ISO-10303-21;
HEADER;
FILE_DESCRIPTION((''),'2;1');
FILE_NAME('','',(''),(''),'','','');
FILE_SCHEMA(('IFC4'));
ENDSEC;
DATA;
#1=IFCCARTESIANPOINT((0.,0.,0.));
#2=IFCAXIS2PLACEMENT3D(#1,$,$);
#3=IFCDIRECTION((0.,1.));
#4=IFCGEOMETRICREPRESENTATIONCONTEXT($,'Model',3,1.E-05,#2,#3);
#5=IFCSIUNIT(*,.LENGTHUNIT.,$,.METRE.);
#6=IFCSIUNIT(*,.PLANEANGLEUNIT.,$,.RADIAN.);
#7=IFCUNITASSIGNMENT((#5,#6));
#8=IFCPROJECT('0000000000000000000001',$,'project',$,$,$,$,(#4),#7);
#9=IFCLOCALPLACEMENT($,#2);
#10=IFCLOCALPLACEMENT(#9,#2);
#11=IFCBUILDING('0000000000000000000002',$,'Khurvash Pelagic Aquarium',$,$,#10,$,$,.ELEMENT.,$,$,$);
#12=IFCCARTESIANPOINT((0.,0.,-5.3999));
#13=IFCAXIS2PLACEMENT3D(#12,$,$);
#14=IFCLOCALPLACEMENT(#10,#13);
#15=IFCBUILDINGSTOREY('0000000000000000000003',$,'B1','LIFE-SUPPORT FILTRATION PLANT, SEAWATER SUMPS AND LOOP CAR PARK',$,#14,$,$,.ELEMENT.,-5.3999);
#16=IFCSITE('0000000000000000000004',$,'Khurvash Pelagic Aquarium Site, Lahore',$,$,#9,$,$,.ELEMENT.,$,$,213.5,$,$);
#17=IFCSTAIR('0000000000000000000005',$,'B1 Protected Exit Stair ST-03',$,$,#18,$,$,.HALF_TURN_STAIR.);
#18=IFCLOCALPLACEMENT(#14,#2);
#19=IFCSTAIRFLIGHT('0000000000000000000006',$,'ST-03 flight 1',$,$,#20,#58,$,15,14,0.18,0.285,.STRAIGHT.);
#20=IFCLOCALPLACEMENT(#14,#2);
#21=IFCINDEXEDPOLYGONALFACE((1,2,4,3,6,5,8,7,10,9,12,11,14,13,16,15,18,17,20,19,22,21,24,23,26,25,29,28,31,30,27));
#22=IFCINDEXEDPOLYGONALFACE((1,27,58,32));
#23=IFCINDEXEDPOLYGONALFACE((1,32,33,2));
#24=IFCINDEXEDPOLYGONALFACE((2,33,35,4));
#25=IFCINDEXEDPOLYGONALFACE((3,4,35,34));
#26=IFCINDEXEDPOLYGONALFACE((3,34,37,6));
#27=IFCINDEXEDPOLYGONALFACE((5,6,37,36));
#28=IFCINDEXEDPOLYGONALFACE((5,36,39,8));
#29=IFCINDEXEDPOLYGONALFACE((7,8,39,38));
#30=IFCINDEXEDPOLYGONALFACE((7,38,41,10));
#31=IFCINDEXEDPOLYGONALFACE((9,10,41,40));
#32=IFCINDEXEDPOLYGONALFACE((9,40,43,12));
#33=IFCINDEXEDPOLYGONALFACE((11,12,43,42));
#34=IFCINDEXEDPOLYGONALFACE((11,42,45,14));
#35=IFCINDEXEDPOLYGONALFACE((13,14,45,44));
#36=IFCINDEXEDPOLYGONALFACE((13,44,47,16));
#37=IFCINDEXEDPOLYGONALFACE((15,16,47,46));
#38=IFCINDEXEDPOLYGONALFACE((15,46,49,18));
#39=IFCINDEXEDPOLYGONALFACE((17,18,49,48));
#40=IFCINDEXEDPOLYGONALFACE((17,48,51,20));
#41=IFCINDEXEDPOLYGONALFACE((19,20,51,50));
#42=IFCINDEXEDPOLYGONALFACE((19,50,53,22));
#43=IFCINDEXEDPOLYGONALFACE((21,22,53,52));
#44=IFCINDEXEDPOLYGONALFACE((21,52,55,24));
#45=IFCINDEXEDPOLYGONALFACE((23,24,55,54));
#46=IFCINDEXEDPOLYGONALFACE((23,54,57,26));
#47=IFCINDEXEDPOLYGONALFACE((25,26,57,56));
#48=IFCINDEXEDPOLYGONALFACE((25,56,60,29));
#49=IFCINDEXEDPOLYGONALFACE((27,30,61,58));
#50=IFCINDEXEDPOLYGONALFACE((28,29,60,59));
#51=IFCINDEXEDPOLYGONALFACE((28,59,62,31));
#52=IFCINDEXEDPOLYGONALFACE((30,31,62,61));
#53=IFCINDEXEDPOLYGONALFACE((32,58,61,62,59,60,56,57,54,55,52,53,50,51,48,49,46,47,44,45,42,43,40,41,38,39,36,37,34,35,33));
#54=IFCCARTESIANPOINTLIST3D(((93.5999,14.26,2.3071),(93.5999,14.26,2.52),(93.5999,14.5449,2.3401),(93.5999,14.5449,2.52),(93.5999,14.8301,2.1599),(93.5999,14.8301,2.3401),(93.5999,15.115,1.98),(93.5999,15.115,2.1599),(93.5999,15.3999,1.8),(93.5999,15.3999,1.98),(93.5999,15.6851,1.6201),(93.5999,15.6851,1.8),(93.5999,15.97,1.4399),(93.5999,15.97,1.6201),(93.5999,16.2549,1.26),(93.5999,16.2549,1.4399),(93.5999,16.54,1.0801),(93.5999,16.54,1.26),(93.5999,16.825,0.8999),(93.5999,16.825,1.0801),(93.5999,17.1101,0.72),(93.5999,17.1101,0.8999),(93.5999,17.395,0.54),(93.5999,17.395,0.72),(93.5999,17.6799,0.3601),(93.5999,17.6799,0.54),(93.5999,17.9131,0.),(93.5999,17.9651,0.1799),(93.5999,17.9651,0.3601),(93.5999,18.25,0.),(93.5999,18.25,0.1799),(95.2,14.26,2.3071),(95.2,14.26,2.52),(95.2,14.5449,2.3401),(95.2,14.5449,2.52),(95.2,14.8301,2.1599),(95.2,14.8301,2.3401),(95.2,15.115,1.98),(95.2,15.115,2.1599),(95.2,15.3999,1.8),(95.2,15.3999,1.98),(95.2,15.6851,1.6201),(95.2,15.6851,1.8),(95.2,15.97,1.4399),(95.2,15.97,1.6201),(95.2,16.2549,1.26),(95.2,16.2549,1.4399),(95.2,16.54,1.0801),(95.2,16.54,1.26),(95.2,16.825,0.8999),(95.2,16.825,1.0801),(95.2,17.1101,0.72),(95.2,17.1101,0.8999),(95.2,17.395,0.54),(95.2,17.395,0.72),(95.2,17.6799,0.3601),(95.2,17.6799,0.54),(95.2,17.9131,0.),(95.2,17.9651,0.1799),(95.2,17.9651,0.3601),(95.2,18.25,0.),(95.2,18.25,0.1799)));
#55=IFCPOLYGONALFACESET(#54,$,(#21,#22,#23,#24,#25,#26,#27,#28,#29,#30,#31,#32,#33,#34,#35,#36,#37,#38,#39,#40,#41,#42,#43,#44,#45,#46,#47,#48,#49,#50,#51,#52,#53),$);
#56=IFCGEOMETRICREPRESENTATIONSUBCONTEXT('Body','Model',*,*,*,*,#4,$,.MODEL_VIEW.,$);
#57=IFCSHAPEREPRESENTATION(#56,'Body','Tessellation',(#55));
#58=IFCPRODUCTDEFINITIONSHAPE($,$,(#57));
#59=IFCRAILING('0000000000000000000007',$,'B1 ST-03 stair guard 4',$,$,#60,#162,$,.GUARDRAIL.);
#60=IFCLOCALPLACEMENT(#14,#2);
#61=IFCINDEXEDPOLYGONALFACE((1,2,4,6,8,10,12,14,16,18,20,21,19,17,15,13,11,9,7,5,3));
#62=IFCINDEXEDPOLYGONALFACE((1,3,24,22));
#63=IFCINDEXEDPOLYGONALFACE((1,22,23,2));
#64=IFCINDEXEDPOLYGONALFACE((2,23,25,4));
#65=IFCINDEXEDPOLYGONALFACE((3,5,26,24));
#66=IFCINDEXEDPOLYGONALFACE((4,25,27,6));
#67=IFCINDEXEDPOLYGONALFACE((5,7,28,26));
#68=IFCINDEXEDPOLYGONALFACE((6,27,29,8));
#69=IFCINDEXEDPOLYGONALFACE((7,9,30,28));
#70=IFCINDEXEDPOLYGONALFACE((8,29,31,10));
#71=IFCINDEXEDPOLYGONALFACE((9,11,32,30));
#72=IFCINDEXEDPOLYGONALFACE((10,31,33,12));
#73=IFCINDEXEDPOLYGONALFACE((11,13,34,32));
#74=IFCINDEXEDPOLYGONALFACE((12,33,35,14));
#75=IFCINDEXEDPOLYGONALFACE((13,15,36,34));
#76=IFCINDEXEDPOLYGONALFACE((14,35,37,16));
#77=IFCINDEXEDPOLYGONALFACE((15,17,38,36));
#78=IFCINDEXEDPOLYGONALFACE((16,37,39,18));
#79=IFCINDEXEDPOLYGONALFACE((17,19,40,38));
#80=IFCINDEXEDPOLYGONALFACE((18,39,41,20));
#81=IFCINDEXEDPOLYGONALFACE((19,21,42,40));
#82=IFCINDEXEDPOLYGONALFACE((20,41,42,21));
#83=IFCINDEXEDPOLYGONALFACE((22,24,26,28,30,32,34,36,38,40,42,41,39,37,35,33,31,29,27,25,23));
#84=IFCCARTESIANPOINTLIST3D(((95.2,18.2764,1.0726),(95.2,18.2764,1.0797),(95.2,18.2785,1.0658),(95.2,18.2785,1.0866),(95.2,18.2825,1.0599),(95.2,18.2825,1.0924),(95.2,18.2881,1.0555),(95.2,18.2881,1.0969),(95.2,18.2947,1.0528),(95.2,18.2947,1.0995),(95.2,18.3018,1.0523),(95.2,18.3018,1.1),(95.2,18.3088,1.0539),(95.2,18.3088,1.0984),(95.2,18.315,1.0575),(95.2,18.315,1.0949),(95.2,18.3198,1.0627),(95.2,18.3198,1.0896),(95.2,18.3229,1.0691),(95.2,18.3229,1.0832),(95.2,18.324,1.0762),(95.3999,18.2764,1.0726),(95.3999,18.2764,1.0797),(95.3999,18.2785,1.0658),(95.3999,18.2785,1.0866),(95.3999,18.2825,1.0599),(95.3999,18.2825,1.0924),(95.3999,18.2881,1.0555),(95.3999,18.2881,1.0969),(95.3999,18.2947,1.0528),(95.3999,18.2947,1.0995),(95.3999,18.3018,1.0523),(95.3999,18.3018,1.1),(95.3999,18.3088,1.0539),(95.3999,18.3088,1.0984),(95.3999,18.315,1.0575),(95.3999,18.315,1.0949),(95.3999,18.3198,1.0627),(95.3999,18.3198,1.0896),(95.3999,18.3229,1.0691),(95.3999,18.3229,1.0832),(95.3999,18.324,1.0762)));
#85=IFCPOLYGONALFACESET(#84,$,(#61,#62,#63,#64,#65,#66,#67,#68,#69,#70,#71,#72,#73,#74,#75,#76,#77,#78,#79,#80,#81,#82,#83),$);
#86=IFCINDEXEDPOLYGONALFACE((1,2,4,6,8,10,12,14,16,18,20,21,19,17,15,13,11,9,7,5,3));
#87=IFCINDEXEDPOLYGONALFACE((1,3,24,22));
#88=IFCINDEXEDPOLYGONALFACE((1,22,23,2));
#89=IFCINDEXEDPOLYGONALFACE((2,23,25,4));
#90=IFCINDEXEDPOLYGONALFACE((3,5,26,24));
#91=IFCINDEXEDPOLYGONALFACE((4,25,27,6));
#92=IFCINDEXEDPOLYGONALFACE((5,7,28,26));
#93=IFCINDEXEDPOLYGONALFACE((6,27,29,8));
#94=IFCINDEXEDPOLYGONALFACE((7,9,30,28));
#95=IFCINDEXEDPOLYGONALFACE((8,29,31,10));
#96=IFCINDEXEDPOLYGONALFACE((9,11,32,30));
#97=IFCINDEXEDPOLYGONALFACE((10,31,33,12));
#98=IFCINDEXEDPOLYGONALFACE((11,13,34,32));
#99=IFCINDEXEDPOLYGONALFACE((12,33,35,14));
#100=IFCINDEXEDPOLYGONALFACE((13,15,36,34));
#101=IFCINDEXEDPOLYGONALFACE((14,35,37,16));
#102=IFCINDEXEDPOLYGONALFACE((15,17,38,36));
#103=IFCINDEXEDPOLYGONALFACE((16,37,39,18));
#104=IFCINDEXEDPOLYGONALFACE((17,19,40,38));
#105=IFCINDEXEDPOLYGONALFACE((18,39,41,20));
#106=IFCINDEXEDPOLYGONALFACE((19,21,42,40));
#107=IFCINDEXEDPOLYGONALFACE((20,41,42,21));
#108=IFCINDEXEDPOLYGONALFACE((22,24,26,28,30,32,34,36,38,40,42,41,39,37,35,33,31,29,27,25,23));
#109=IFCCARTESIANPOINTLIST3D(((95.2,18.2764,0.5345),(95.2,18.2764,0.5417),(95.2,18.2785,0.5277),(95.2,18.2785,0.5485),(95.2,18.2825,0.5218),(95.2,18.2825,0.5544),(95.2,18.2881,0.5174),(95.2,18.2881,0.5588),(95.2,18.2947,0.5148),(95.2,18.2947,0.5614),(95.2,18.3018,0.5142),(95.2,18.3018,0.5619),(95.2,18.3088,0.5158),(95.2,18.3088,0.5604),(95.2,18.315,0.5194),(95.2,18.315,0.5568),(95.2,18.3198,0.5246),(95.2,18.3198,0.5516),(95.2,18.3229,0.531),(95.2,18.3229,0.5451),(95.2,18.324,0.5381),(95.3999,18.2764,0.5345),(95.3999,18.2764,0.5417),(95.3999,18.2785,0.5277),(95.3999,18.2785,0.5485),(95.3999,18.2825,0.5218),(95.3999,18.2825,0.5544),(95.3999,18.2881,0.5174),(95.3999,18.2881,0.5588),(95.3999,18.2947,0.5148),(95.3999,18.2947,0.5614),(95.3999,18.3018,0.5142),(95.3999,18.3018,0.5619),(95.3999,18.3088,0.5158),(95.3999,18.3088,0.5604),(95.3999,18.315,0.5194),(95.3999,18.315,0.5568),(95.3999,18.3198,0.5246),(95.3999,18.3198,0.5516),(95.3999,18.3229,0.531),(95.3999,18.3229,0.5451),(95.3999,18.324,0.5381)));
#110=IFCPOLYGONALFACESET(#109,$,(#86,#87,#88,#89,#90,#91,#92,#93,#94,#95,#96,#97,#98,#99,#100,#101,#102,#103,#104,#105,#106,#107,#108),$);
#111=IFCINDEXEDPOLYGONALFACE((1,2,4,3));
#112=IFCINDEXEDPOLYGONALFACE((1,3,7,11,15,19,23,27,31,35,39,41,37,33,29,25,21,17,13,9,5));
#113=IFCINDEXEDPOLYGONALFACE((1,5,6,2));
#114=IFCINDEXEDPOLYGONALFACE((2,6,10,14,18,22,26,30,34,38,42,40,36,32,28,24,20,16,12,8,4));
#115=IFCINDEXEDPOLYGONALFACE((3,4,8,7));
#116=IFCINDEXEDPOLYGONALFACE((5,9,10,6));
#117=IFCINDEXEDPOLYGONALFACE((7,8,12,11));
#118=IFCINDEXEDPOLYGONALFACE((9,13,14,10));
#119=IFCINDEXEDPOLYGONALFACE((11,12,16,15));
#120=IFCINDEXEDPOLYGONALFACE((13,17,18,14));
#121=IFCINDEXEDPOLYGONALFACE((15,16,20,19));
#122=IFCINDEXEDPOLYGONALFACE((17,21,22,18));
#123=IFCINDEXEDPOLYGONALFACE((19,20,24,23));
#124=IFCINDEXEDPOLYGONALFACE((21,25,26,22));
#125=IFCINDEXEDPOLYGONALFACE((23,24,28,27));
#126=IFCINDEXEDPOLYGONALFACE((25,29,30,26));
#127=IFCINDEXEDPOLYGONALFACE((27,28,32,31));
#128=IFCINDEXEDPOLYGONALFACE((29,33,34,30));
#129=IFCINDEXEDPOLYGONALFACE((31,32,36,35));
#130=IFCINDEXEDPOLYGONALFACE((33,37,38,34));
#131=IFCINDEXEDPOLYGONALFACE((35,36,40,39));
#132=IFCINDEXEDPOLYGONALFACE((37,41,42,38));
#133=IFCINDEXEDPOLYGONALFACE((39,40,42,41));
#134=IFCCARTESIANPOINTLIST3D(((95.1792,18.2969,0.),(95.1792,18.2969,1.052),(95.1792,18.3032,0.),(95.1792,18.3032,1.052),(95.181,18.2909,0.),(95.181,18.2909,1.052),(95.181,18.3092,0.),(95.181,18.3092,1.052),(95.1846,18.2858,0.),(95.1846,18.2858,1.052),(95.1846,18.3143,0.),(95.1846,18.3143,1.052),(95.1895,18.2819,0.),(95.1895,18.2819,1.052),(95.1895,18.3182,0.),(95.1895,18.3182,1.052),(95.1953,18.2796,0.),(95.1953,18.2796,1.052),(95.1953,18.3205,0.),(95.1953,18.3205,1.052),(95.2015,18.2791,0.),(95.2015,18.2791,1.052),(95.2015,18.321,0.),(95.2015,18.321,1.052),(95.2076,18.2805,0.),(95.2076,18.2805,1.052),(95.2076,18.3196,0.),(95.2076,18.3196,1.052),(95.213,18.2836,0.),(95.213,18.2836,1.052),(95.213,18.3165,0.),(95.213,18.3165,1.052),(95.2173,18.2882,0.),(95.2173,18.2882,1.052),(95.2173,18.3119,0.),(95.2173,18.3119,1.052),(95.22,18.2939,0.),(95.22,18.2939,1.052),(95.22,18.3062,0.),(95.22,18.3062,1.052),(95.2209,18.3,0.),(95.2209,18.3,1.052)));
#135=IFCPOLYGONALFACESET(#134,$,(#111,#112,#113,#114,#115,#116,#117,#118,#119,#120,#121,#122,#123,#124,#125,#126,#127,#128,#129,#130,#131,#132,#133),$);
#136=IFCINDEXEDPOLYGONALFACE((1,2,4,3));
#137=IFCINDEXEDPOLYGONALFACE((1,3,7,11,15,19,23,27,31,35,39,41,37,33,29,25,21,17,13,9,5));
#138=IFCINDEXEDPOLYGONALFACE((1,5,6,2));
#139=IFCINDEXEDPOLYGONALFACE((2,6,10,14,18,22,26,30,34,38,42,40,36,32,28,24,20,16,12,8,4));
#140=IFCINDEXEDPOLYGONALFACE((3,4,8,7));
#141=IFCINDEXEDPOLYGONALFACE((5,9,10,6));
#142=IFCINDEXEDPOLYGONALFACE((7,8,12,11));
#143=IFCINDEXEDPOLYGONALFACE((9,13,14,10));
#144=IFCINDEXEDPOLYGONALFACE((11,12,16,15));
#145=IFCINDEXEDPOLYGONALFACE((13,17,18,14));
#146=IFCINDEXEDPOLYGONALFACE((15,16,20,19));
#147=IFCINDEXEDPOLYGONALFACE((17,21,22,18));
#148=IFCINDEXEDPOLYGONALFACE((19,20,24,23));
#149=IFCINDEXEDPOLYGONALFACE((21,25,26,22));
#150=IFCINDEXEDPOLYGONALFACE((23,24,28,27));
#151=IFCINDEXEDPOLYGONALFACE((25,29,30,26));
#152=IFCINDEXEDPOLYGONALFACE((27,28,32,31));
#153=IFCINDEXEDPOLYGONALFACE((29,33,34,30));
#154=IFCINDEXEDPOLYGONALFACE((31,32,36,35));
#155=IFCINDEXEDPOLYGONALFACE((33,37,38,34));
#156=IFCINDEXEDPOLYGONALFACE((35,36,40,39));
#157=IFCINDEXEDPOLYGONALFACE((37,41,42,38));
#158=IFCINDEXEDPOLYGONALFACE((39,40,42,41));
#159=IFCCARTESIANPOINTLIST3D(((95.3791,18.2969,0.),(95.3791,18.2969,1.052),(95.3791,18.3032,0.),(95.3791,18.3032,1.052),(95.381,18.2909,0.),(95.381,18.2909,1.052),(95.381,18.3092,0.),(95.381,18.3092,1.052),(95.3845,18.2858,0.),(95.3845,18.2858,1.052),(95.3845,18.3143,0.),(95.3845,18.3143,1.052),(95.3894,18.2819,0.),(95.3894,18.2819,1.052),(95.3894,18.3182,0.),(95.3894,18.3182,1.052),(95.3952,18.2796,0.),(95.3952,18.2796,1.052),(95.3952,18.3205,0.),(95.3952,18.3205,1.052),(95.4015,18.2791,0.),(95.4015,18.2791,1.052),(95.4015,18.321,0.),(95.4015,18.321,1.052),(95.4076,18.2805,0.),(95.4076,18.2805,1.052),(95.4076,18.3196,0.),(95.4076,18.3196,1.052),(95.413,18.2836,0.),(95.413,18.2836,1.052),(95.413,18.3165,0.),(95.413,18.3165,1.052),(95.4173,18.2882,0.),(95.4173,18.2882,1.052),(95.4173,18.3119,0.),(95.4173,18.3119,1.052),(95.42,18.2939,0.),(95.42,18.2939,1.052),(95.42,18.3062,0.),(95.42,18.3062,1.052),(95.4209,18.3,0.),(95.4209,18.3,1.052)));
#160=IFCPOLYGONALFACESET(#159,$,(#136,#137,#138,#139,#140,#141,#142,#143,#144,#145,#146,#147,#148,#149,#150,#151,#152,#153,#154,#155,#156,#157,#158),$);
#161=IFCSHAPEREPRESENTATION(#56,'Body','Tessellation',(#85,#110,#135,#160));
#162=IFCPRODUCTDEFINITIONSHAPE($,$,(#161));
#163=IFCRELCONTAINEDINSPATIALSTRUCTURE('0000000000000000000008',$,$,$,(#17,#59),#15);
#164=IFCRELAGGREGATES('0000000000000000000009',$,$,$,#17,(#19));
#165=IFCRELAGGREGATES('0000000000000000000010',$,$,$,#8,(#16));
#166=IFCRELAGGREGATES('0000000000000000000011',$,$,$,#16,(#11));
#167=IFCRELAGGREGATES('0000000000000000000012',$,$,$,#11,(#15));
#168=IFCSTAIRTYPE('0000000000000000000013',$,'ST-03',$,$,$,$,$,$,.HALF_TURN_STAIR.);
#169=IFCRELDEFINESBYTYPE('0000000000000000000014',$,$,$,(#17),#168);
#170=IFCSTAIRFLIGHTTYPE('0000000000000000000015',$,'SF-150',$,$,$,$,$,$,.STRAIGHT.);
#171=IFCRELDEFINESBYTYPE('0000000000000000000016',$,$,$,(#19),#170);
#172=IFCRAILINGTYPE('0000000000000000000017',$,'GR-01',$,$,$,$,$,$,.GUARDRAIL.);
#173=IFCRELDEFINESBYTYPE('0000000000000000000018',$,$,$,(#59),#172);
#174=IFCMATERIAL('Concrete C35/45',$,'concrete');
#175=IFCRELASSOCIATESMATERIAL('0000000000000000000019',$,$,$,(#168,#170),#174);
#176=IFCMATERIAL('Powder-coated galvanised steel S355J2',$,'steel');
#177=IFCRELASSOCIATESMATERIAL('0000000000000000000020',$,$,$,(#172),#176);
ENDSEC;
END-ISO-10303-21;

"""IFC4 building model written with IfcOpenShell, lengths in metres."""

from ifc_helpers import new_model, si_unit, direction, frame, origin, origin_2d, place, context, subcontext, project, spatial, polyline, circle, outline, extrude, material, type_object, element, aggregate, save


model = new_model("IFC4")

# Units and contexts
model_context = context("Model", 3, precision=1e-05, world=origin(), true_north=direction((0.0, 1.0)))
body_context = subcontext(model_context, "Body", "Model", "MODEL_VIEW")
ifc_project = project(units=[si_unit("LENGTHUNIT", "METRE"), si_unit("PLANEANGLEUNIT", "RADIAN")], contexts=[model_context])

# Site, building, storey
site_placement = place(None, origin())
site = spatial("IfcSite", under=ifc_project, at=site_placement, Name="Khurvash Pelagic Aquarium Site, Lahore", CompositionType="ELEMENT", RefElevation=213.5)
building_placement = place(site_placement, origin())
building = spatial("IfcBuilding", under=site, at=building_placement, Name="Khurvash Pelagic Aquarium", CompositionType="ELEMENT")
storey_placement = place(building_placement, frame((0.0, 0.0, -5.3999)))
storey = spatial("IfcBuildingStorey", under=building, at=storey_placement, Name="B1", Description="LIFE-SUPPORT FILTRATION PLANT, SEAWATER SUMPS AND LOOP CAR PARK", CompositionType="ELEMENT", Elevation=-5.3999)

# Shared definitions
ifc_material_1 = material(Name="Concrete C35/45", Category="concrete")

# Stair, stair flight
stair_type = type_object("IfcStairType", Name="ST-03", PredefinedType="HALF_TURN_STAIR", material=ifc_material_1)
stair_placement = place(storey_placement, origin())
stair = element("IfcStair", 1, at=stair_placement, inside=storey, type_object=stair_type, Name="B1 Protected Exit Stair ST-03", PredefinedType="HALF_TURN_STAIR")
stair_flight_type = type_object("IfcStairFlightType", Name="SF-150", PredefinedType="STRAIGHT", material=ifc_material_1)
stair_flight_placement = place(storey_placement, frame((94.3999, 18.25, 0.0), z_axis=(0.0, 0.0, 1.0), x_axis=(0.0, -1.0, 0.0)))
stair_flight = element("IfcStairFlight", 2, at=stair_flight_placement, type_object=stair_flight_type, Name="ST-03 flight 1", NumberOfRisers=15, NumberOfTreads=14, PredefinedType="STRAIGHT", RiserHeight=0.18, TreadLength=0.285, context=body_context, shape_type="SweptSolid", body=[
    extrude(outline(polyline([(0.0, 0.0), (0.0, 0.1799), (0.2849, 0.1799), (0.2849, 0.3601), (0.5701, 0.3601), (0.5701, 0.54), (0.855, 0.54), (0.855, 0.72), (1.1399, 0.72), (1.1399, 0.8999), (1.425, 0.8999), (1.425, 1.0801), (1.71, 1.0801), (1.71, 1.26), (1.9951, 1.26), (1.9951, 1.4399), (2.28, 1.4399), (2.28, 1.6201), (2.5649, 1.6201), (2.5649, 1.8), (2.8501, 1.8), (2.8501, 1.98), (3.135, 1.98), (3.135, 2.1599), (3.4199, 2.1599), (3.4199, 2.3401), (3.7051, 2.3401), (3.7051, 2.52), (3.99, 2.52), (3.99, 2.7), (3.99, 2.3071), (0.3369, 0.0), (0.0, 0.0)])), frame((0.0, 0.8, 0.0), z_axis=(0.0, -1.0, 0.0), x_axis=(1.0, 0.0, 0.0)), (0.0, 0.0, 1.0), 1.6001),
])
aggregate(stair, [stair_flight])

# Railing
ifc_material_2 = material(Name="Powder-coated galvanised steel S355J2", Category="steel")
railing_type_1 = type_object("IfcRailingType", Name="GR-01", PredefinedType="GUARDRAIL", material=ifc_material_2)
railing_1_placement = place(storey_placement, frame((95.2, 18.3, 0.0)))
element("IfcRailing", 3, at=railing_1_placement, inside=storey, type_object=railing_type_1, Name="B1 ST-03 stair guard 4", PredefinedType="GUARDRAIL", context=body_context, shape_type="SweptSolid", body=[
    extrude(circle(Radius=0.0239, at=origin_2d()), frame((0.0, 0.0, 1.0762), z_axis=(1.0, 0.0, 0.0), x_axis=(0.0, 1.0, 0.0)), (0.0, 0.0, 1.0), 0.2),
    extrude(circle(Radius=0.0239, at=origin_2d()), frame((0.0, 0.0, 0.5381), z_axis=(1.0, 0.0, 0.0), x_axis=(0.0, 1.0, 0.0)), (0.0, 0.0, 1.0), 0.2),
    extrude(circle(Radius=0.021, at=origin_2d()), origin(), (0.0, 0.0, 1.0), 1.052),
    extrude(circle(Radius=0.021, at=origin_2d()), frame((0.2, 0.0, 0.0)), (0.0, 0.0, 1.0), 1.052),
])

save(model, "model.ifc")
